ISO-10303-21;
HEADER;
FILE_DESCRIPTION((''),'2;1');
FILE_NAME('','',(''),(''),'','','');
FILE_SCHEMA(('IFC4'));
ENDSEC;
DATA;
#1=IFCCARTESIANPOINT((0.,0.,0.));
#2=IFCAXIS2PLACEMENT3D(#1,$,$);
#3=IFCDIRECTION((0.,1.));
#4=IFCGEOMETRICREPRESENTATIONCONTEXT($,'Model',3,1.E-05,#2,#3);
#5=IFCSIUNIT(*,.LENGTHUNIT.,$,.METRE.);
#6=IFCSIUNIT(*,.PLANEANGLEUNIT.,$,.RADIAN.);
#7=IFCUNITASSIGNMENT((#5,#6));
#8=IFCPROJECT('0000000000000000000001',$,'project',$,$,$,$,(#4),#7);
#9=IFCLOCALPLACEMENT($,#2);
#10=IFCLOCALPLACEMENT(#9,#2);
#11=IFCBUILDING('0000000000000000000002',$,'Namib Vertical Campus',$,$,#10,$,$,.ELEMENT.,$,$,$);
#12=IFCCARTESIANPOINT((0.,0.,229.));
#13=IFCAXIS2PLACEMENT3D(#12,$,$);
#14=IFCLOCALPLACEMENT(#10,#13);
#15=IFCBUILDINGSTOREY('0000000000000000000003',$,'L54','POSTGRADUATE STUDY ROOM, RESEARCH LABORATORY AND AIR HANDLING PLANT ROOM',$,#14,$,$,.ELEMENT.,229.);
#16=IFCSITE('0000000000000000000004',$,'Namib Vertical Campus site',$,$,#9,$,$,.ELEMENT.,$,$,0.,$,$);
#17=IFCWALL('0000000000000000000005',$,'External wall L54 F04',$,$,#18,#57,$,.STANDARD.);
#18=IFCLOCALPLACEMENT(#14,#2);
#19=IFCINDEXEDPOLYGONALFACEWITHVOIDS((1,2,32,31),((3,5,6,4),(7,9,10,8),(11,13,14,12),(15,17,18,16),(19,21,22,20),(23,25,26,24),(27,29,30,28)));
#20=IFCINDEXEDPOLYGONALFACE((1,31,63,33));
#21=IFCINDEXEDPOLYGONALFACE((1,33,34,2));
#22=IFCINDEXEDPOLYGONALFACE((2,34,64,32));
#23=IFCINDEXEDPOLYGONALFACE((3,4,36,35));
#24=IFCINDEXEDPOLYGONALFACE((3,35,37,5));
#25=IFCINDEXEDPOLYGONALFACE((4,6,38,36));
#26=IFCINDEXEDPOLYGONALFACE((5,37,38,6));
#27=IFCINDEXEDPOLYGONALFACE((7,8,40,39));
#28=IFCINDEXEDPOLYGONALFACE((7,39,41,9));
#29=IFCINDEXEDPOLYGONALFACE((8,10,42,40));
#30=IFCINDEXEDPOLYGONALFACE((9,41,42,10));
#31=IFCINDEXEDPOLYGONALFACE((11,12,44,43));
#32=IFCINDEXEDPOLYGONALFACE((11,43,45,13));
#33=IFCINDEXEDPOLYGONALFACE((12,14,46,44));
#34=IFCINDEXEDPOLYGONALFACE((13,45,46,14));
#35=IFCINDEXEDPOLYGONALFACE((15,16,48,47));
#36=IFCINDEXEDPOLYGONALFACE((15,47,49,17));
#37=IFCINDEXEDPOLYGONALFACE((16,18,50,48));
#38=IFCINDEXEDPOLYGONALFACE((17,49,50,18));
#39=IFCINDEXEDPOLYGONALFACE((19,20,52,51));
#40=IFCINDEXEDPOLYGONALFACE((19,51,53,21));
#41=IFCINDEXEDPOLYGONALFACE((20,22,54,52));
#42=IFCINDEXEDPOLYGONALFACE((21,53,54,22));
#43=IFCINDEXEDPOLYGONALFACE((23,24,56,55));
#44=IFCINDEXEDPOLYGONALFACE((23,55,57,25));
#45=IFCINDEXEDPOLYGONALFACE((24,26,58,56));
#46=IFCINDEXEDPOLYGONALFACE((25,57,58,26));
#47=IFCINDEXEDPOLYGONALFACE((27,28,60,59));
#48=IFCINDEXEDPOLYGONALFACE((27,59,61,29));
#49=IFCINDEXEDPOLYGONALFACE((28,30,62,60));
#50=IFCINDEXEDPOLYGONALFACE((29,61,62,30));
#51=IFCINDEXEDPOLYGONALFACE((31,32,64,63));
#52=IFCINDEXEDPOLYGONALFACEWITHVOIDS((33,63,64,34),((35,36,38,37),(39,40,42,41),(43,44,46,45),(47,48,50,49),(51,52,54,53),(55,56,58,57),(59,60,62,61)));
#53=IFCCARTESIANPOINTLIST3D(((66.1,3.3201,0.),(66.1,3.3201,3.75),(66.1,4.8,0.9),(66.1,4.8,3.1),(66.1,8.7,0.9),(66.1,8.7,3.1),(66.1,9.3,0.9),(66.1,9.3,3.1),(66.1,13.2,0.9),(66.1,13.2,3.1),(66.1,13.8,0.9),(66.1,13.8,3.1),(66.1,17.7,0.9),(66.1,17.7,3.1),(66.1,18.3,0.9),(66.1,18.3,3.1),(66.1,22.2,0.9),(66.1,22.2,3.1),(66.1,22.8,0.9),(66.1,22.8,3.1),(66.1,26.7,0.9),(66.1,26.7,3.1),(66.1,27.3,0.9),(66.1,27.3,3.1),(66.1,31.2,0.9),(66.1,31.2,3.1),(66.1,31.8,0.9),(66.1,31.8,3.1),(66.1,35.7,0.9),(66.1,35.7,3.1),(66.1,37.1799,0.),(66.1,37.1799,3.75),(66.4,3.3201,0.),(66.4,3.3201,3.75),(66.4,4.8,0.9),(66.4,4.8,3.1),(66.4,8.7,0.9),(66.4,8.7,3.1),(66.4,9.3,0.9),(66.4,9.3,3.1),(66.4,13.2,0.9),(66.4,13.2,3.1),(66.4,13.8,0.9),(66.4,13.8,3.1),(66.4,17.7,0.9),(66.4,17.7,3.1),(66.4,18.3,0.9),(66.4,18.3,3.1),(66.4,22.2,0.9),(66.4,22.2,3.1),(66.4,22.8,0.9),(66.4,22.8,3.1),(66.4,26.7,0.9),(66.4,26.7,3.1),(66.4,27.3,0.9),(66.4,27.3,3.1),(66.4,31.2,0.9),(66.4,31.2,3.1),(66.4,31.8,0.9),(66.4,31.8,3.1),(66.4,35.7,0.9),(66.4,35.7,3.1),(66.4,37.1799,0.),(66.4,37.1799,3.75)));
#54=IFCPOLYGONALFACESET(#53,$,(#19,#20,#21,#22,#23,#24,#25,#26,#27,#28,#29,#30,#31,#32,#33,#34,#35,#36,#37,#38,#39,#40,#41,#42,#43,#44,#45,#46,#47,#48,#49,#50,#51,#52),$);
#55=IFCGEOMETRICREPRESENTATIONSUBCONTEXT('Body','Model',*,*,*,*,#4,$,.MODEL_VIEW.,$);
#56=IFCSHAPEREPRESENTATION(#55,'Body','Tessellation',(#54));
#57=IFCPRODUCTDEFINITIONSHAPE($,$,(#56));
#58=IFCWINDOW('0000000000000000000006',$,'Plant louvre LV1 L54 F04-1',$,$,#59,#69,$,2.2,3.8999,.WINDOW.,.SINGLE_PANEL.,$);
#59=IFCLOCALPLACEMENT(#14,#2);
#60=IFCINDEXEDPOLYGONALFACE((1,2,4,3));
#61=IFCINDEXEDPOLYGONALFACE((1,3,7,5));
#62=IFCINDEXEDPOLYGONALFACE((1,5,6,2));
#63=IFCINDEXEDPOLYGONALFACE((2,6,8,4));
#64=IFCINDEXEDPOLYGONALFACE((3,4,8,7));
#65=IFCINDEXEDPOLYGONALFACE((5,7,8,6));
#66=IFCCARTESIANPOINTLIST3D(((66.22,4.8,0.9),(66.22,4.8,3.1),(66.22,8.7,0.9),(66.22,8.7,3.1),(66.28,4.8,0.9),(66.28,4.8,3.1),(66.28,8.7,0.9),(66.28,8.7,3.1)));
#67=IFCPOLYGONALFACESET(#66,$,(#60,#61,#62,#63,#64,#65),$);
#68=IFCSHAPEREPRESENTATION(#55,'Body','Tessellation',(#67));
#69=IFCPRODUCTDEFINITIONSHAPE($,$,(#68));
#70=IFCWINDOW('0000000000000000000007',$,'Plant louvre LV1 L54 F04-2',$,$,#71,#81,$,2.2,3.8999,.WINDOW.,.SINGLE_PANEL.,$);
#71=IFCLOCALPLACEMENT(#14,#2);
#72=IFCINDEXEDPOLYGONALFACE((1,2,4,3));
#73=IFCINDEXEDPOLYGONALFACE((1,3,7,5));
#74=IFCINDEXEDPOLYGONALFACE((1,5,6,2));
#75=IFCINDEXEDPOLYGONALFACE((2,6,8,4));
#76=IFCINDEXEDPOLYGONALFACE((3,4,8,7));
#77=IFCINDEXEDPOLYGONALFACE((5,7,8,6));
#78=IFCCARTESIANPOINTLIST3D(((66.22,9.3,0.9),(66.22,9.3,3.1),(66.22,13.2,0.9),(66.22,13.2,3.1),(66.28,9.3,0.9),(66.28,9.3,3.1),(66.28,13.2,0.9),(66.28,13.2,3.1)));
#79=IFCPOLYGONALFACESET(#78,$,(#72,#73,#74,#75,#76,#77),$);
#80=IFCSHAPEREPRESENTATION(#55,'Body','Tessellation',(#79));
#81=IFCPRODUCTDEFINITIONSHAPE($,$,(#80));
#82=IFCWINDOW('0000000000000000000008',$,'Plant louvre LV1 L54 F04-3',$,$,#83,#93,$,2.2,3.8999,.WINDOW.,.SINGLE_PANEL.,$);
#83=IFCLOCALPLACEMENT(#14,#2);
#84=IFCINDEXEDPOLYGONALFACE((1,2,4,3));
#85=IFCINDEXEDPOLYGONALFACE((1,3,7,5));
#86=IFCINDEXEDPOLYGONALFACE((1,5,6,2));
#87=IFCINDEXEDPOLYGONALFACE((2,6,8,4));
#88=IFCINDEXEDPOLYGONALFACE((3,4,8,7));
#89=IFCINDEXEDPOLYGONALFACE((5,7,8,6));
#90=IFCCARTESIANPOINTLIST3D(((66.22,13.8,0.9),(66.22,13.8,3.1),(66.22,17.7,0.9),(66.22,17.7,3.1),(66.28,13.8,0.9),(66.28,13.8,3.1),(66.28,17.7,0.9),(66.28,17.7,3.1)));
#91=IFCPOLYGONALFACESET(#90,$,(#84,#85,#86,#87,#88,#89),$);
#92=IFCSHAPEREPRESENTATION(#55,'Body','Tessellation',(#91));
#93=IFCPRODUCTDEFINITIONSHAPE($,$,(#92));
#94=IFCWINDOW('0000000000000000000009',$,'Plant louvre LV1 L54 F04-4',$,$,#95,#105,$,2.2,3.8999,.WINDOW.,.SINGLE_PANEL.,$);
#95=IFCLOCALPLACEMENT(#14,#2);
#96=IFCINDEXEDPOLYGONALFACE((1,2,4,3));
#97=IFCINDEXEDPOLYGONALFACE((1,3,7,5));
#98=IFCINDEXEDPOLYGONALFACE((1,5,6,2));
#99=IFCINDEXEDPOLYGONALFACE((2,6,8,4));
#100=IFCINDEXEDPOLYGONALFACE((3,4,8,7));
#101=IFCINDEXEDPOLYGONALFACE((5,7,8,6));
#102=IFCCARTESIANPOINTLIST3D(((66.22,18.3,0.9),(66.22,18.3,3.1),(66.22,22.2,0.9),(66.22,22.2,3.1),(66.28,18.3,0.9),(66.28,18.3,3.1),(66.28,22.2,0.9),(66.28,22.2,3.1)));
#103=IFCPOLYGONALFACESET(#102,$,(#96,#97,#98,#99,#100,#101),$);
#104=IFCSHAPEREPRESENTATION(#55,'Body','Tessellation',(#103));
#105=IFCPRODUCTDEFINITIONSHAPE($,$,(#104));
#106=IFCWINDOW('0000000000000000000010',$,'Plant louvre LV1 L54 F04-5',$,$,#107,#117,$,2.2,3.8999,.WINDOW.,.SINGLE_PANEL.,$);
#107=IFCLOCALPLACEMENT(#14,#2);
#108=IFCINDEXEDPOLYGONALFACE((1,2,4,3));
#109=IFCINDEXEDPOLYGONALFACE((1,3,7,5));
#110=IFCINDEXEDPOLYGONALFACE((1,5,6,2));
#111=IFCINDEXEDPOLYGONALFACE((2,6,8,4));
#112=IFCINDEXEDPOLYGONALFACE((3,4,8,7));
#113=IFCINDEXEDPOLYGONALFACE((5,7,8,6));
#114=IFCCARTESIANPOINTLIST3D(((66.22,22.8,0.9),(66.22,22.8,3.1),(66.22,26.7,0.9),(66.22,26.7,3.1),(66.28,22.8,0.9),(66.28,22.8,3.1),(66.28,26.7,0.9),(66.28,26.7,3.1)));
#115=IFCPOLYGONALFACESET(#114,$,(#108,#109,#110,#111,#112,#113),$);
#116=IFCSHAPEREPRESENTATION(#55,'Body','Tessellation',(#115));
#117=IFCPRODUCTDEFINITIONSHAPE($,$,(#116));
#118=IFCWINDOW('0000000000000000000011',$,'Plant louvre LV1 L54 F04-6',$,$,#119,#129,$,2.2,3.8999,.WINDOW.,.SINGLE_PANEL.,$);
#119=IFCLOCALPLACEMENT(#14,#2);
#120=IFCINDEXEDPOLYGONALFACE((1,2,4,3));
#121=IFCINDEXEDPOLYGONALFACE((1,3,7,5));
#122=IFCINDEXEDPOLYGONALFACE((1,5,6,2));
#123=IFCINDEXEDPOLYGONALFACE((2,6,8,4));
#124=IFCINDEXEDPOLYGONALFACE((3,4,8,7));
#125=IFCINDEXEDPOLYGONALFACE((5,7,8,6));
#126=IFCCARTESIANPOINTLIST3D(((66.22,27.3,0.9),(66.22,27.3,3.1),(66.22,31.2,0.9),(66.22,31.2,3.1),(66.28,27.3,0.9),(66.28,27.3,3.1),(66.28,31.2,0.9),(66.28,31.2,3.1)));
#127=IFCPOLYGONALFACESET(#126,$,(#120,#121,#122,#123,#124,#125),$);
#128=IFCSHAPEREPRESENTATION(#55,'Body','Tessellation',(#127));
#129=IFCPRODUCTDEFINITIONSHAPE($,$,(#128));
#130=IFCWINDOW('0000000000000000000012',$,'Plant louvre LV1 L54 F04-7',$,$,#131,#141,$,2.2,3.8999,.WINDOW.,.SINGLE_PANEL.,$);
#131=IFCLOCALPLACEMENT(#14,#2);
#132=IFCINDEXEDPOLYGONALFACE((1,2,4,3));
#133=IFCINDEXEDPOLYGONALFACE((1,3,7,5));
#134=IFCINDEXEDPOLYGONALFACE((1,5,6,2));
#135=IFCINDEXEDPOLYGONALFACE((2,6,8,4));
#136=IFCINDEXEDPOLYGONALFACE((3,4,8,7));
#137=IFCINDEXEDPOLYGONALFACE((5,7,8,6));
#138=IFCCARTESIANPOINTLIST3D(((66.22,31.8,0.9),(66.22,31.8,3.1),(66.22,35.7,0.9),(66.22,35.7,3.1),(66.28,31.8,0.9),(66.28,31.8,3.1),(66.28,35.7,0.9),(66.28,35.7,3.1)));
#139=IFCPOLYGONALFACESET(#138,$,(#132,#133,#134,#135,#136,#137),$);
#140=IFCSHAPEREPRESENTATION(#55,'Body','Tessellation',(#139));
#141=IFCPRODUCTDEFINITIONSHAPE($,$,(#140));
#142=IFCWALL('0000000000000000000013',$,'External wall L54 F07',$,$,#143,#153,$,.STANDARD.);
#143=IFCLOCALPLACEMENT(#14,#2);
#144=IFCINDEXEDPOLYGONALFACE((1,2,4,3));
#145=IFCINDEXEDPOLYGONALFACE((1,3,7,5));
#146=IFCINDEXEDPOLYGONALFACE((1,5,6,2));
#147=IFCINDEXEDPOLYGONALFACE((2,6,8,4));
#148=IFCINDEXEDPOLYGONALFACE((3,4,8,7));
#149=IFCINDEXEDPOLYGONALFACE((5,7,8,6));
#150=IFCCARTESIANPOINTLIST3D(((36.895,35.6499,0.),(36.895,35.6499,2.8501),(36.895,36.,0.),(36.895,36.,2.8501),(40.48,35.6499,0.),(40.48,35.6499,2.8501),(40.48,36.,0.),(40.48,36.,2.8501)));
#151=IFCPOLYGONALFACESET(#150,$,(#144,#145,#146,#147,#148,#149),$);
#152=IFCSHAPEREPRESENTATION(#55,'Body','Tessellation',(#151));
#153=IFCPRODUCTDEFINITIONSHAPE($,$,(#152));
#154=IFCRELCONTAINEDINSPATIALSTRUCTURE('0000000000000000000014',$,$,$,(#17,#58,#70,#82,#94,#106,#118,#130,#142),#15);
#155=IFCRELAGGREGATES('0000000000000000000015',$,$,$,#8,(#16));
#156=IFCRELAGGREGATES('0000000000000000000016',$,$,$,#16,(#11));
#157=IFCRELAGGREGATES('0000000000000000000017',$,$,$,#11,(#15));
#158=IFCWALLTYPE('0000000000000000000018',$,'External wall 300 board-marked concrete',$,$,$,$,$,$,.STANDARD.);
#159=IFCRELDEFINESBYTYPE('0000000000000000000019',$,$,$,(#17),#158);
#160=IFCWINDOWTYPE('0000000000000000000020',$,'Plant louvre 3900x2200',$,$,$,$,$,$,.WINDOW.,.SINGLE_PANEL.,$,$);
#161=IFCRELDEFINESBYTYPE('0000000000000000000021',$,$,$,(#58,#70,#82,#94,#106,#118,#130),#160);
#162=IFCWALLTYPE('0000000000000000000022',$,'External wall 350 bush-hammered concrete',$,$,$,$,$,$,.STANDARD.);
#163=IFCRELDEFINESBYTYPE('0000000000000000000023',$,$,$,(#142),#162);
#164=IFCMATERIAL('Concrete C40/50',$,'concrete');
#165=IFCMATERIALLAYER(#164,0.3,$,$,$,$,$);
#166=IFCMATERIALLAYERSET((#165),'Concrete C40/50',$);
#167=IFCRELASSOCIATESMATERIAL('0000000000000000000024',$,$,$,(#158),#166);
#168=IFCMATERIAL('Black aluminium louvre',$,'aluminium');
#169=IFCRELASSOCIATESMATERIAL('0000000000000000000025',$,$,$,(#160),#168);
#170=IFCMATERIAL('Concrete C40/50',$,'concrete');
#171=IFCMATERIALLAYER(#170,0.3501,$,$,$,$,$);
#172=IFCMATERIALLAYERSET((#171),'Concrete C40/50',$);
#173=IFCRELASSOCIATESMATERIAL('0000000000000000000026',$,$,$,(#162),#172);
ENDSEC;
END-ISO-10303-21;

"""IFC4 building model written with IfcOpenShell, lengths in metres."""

from ifc_helpers import new_model, si_unit, direction, frame, frame_2d, origin, place, context, subcontext, project, spatial, rectangle, extrude, material, layer, layer_set, type_object, element, fill, save


model = new_model("IFC4")

# Units and contexts
model_context = context("Model", 3, precision=1e-05, world=origin(), true_north=direction((0.0, 1.0)))
body_context = subcontext(model_context, "Body", "Model", "MODEL_VIEW")
ifc_project = project(units=[si_unit("LENGTHUNIT", "METRE"), si_unit("PLANEANGLEUNIT", "RADIAN")], contexts=[model_context])

# Site, building, storey
site_placement = place(None, origin())
site = spatial("IfcSite", under=ifc_project, at=site_placement, Name="Namib Vertical Campus site", CompositionType="ELEMENT", RefElevation=0.0)
building_placement = place(site_placement, origin())
building = spatial("IfcBuilding", under=site, at=building_placement, Name="Namib Vertical Campus", CompositionType="ELEMENT")
storey_placement = place(building_placement, frame((0.0, 0.0, 229.0)))
storey = spatial("IfcBuildingStorey", under=building, at=storey_placement, Name="L54", Description="POSTGRADUATE STUDY ROOM, RESEARCH LABORATORY AND AIR HANDLING PLANT ROOM", CompositionType="ELEMENT", Elevation=229.0)

# Wall, openings, windows
ifc_material_1 = material(Name="Concrete C40/50", Category="concrete")
ifc_layer_1 = layer(ifc_material_1, 0.3)
ifc_layer_set_1 = layer_set([ifc_layer_1], Name="Concrete C40/50")
wall_type_1 = type_object("IfcWallType", Name="External wall 300 board-marked concrete", PredefinedType="STANDARD", material=ifc_layer_set_1)
wall_1_placement = place(storey_placement, frame((66.25, 37.1799, 0.0), z_axis=(0.0, 0.0, 1.0), x_axis=(0.0, -1.0, 0.0)))
wall_1 = element("IfcWall", 1, at=wall_1_placement, inside=storey, type_object=wall_type_1, Name="External wall L54 F04", PredefinedType="STANDARD", context=body_context, shape_type="SweptSolid", body=[
    extrude(rectangle(XDim=33.8599, YDim=0.3, at=frame_2d((16.9299, 0.0))), origin(), (0.0, 0.0, 1.0), 3.75),
])
opening_1_placement = place(wall_1_placement, frame((28.48, 0.0, 0.8999)))
opening_1 = element("IfcOpeningElement", 2, at=opening_1_placement, cuts=wall_1, PredefinedType="OPENING", context=body_context, shape_type="SweptSolid", body=[
    extrude(rectangle(XDim=3.8999, YDim=2.2, at=frame_2d((1.95, 1.1001))), frame((0.0, 0.1599, 0.0), z_axis=(0.0, -1.0, 0.0), x_axis=(1.0, 0.0, 0.0)), (0.0, 0.0, 1.0), 0.3201),
])
opening_2_placement = place(wall_1_placement, frame((23.98, 0.0, 0.8999)))
opening_2 = element("IfcOpeningElement", 3, at=opening_2_placement, cuts=wall_1, PredefinedType="OPENING", context=body_context, shape_type="SweptSolid", body=[
    extrude(rectangle(XDim=3.8999, YDim=2.2, at=frame_2d((1.95, 1.1001))), frame((0.0, 0.1599, 0.0), z_axis=(0.0, -1.0, 0.0), x_axis=(1.0, 0.0, 0.0)), (0.0, 0.0, 1.0), 0.3201),
])
opening_3_placement = place(wall_1_placement, frame((19.48, 0.0, 0.8999)))
opening_3 = element("IfcOpeningElement", 4, at=opening_3_placement, cuts=wall_1, PredefinedType="OPENING", context=body_context, shape_type="SweptSolid", body=[
    extrude(rectangle(XDim=3.8999, YDim=2.2, at=frame_2d((1.95, 1.1001))), frame((0.0, 0.1599, 0.0), z_axis=(0.0, -1.0, 0.0), x_axis=(1.0, 0.0, 0.0)), (0.0, 0.0, 1.0), 0.3201),
])
opening_4_placement = place(wall_1_placement, frame((14.98, 0.0, 0.8999)))
opening_4 = element("IfcOpeningElement", 5, at=opening_4_placement, cuts=wall_1, PredefinedType="OPENING", context=body_context, shape_type="SweptSolid", body=[
    extrude(rectangle(XDim=3.8999, YDim=2.2, at=frame_2d((1.95, 1.1001))), frame((0.0, 0.1599, 0.0), z_axis=(0.0, -1.0, 0.0), x_axis=(1.0, 0.0, 0.0)), (0.0, 0.0, 1.0), 0.3201),
])
opening_5_placement = place(wall_1_placement, frame((10.48, 0.0, 0.8999)))
opening_5 = element("IfcOpeningElement", 6, at=opening_5_placement, cuts=wall_1, PredefinedType="OPENING", context=body_context, shape_type="SweptSolid", body=[
    extrude(rectangle(XDim=3.8999, YDim=2.2, at=frame_2d((1.95, 1.1001))), frame((0.0, 0.1599, 0.0), z_axis=(0.0, -1.0, 0.0), x_axis=(1.0, 0.0, 0.0)), (0.0, 0.0, 1.0), 0.3201),
])
opening_6_placement = place(wall_1_placement, frame((5.98, 0.0, 0.8999)))
opening_6 = element("IfcOpeningElement", 7, at=opening_6_placement, cuts=wall_1, PredefinedType="OPENING", context=body_context, shape_type="SweptSolid", body=[
    extrude(rectangle(XDim=3.8999, YDim=2.2, at=frame_2d((1.95, 1.1001))), frame((0.0, 0.1599, 0.0), z_axis=(0.0, -1.0, 0.0), x_axis=(1.0, 0.0, 0.0)), (0.0, 0.0, 1.0), 0.3201),
])
opening_7_placement = place(wall_1_placement, frame((1.48, 0.0, 0.8999)))
opening_7 = element("IfcOpeningElement", 8, at=opening_7_placement, cuts=wall_1, PredefinedType="OPENING", context=body_context, shape_type="SweptSolid", body=[
    extrude(rectangle(XDim=3.8999, YDim=2.2, at=frame_2d((1.95, 1.1001))), frame((0.0, 0.1599, 0.0), z_axis=(0.0, -1.0, 0.0), x_axis=(1.0, 0.0, 0.0)), (0.0, 0.0, 1.0), 0.3201),
])
ifc_material_2 = material(Name="Black aluminium louvre", Category="aluminium")
window_type = type_object("IfcWindowType", Name="Plant louvre 3900x2200", PartitioningType="SINGLE_PANEL", PredefinedType="WINDOW", material=ifc_material_2)
window_1_placement = place(opening_1_placement, origin())
window_1 = element("IfcWindow", 9, at=window_1_placement, inside=storey, type_object=window_type, Name="Plant louvre LV1 L54 F04-1", OverallHeight=2.2, OverallWidth=3.8999, PartitioningType="SINGLE_PANEL", PredefinedType="WINDOW", context=body_context, shape_type="SweptSolid", body=[
    extrude(rectangle(XDim=3.8999, YDim=2.2, at=frame_2d((1.95, 1.1001))), frame((0.0, 0.03, 0.0), z_axis=(0.0, -1.0, 0.0), x_axis=(1.0, 0.0, 0.0)), (0.0, 0.0, 1.0), 0.0601),
])
fill(opening_1, window_1)
window_2_placement = place(opening_2_placement, origin())
window_2 = element("IfcWindow", 10, at=window_2_placement, inside=storey, type_object=window_type, Name="Plant louvre LV1 L54 F04-2", OverallHeight=2.2, OverallWidth=3.8999, PartitioningType="SINGLE_PANEL", PredefinedType="WINDOW", context=body_context, shape_type="SweptSolid", body=[
    extrude(rectangle(XDim=3.8999, YDim=2.2, at=frame_2d((1.95, 1.1001))), frame((0.0, 0.03, 0.0), z_axis=(0.0, -1.0, 0.0), x_axis=(1.0, 0.0, 0.0)), (0.0, 0.0, 1.0), 0.0601),
])
fill(opening_2, window_2)
window_3_placement = place(opening_3_placement, origin())
window_3 = element("IfcWindow", 11, at=window_3_placement, inside=storey, type_object=window_type, Name="Plant louvre LV1 L54 F04-3", OverallHeight=2.2, OverallWidth=3.8999, PartitioningType="SINGLE_PANEL", PredefinedType="WINDOW", context=body_context, shape_type="SweptSolid", body=[
    extrude(rectangle(XDim=3.8999, YDim=2.2, at=frame_2d((1.95, 1.1001))), frame((0.0, 0.03, 0.0), z_axis=(0.0, -1.0, 0.0), x_axis=(1.0, 0.0, 0.0)), (0.0, 0.0, 1.0), 0.0601),
])
fill(opening_3, window_3)
window_4_placement = place(opening_4_placement, origin())
window_4 = element("IfcWindow", 12, at=window_4_placement, inside=storey, type_object=window_type, Name="Plant louvre LV1 L54 F04-4", OverallHeight=2.2, OverallWidth=3.8999, PartitioningType="SINGLE_PANEL", PredefinedType="WINDOW", context=body_context, shape_type="SweptSolid", body=[
    extrude(rectangle(XDim=3.8999, YDim=2.2, at=frame_2d((1.95, 1.1001))), frame((0.0, 0.03, 0.0), z_axis=(0.0, -1.0, 0.0), x_axis=(1.0, 0.0, 0.0)), (0.0, 0.0, 1.0), 0.0601),
])
fill(opening_4, window_4)
window_5_placement = place(opening_5_placement, origin())
window_5 = element("IfcWindow", 13, at=window_5_placement, inside=storey, type_object=window_type, Name="Plant louvre LV1 L54 F04-5", OverallHeight=2.2, OverallWidth=3.8999, PartitioningType="SINGLE_PANEL", PredefinedType="WINDOW", context=body_context, shape_type="SweptSolid", body=[
    extrude(rectangle(XDim=3.8999, YDim=2.2, at=frame_2d((1.95, 1.1001))), frame((0.0, 0.03, 0.0), z_axis=(0.0, -1.0, 0.0), x_axis=(1.0, 0.0, 0.0)), (0.0, 0.0, 1.0), 0.0601),
])
fill(opening_5, window_5)
window_6_placement = place(opening_6_placement, origin())
window_6 = element("IfcWindow", 14, at=window_6_placement, inside=storey, type_object=window_type, Name="Plant louvre LV1 L54 F04-6", OverallHeight=2.2, OverallWidth=3.8999, PartitioningType="SINGLE_PANEL", PredefinedType="WINDOW", context=body_context, shape_type="SweptSolid", body=[
    extrude(rectangle(XDim=3.8999, YDim=2.2, at=frame_2d((1.95, 1.1001))), frame((0.0, 0.03, 0.0), z_axis=(0.0, -1.0, 0.0), x_axis=(1.0, 0.0, 0.0)), (0.0, 0.0, 1.0), 0.0601),
])
fill(opening_6, window_6)
window_7_placement = place(opening_7_placement, origin())
window_7 = element("IfcWindow", 15, at=window_7_placement, inside=storey, type_object=window_type, Name="Plant louvre LV1 L54 F04-7", OverallHeight=2.2, OverallWidth=3.8999, PartitioningType="SINGLE_PANEL", PredefinedType="WINDOW", context=body_context, shape_type="SweptSolid", body=[
    extrude(rectangle(XDim=3.8999, YDim=2.2, at=frame_2d((1.95, 1.1001))), frame((0.0, 0.03, 0.0), z_axis=(0.0, -1.0, 0.0), x_axis=(1.0, 0.0, 0.0)), (0.0, 0.0, 1.0), 0.0601),
])
fill(opening_7, window_7)

# Wall
ifc_material_3 = material(Name="Concrete C40/50", Category="concrete")
ifc_layer_2 = layer(ifc_material_3, 0.3501)
ifc_layer_set_2 = layer_set([ifc_layer_2], Name="Concrete C40/50")
wall_type_2 = type_object("IfcWallType", Name="External wall 350 bush-hammered concrete", PredefinedType="STANDARD", material=ifc_layer_set_2)
wall_2_placement = place(storey_placement, frame((40.48, 35.825, 0.0), z_axis=(0.0, 0.0, 1.0), x_axis=(-1.0, 0.0, 0.0)))
element("IfcWall", 16, at=wall_2_placement, inside=storey, type_object=wall_type_2, Name="External wall L54 F07", PredefinedType="STANDARD", context=body_context, shape_type="SweptSolid", body=[
    extrude(rectangle(XDim=3.585, YDim=0.3501, at=frame_2d((1.7925, 0.0))), origin(), (0.0, 0.0, 1.0), 2.8501),
])

save(model, "model.ifc")
